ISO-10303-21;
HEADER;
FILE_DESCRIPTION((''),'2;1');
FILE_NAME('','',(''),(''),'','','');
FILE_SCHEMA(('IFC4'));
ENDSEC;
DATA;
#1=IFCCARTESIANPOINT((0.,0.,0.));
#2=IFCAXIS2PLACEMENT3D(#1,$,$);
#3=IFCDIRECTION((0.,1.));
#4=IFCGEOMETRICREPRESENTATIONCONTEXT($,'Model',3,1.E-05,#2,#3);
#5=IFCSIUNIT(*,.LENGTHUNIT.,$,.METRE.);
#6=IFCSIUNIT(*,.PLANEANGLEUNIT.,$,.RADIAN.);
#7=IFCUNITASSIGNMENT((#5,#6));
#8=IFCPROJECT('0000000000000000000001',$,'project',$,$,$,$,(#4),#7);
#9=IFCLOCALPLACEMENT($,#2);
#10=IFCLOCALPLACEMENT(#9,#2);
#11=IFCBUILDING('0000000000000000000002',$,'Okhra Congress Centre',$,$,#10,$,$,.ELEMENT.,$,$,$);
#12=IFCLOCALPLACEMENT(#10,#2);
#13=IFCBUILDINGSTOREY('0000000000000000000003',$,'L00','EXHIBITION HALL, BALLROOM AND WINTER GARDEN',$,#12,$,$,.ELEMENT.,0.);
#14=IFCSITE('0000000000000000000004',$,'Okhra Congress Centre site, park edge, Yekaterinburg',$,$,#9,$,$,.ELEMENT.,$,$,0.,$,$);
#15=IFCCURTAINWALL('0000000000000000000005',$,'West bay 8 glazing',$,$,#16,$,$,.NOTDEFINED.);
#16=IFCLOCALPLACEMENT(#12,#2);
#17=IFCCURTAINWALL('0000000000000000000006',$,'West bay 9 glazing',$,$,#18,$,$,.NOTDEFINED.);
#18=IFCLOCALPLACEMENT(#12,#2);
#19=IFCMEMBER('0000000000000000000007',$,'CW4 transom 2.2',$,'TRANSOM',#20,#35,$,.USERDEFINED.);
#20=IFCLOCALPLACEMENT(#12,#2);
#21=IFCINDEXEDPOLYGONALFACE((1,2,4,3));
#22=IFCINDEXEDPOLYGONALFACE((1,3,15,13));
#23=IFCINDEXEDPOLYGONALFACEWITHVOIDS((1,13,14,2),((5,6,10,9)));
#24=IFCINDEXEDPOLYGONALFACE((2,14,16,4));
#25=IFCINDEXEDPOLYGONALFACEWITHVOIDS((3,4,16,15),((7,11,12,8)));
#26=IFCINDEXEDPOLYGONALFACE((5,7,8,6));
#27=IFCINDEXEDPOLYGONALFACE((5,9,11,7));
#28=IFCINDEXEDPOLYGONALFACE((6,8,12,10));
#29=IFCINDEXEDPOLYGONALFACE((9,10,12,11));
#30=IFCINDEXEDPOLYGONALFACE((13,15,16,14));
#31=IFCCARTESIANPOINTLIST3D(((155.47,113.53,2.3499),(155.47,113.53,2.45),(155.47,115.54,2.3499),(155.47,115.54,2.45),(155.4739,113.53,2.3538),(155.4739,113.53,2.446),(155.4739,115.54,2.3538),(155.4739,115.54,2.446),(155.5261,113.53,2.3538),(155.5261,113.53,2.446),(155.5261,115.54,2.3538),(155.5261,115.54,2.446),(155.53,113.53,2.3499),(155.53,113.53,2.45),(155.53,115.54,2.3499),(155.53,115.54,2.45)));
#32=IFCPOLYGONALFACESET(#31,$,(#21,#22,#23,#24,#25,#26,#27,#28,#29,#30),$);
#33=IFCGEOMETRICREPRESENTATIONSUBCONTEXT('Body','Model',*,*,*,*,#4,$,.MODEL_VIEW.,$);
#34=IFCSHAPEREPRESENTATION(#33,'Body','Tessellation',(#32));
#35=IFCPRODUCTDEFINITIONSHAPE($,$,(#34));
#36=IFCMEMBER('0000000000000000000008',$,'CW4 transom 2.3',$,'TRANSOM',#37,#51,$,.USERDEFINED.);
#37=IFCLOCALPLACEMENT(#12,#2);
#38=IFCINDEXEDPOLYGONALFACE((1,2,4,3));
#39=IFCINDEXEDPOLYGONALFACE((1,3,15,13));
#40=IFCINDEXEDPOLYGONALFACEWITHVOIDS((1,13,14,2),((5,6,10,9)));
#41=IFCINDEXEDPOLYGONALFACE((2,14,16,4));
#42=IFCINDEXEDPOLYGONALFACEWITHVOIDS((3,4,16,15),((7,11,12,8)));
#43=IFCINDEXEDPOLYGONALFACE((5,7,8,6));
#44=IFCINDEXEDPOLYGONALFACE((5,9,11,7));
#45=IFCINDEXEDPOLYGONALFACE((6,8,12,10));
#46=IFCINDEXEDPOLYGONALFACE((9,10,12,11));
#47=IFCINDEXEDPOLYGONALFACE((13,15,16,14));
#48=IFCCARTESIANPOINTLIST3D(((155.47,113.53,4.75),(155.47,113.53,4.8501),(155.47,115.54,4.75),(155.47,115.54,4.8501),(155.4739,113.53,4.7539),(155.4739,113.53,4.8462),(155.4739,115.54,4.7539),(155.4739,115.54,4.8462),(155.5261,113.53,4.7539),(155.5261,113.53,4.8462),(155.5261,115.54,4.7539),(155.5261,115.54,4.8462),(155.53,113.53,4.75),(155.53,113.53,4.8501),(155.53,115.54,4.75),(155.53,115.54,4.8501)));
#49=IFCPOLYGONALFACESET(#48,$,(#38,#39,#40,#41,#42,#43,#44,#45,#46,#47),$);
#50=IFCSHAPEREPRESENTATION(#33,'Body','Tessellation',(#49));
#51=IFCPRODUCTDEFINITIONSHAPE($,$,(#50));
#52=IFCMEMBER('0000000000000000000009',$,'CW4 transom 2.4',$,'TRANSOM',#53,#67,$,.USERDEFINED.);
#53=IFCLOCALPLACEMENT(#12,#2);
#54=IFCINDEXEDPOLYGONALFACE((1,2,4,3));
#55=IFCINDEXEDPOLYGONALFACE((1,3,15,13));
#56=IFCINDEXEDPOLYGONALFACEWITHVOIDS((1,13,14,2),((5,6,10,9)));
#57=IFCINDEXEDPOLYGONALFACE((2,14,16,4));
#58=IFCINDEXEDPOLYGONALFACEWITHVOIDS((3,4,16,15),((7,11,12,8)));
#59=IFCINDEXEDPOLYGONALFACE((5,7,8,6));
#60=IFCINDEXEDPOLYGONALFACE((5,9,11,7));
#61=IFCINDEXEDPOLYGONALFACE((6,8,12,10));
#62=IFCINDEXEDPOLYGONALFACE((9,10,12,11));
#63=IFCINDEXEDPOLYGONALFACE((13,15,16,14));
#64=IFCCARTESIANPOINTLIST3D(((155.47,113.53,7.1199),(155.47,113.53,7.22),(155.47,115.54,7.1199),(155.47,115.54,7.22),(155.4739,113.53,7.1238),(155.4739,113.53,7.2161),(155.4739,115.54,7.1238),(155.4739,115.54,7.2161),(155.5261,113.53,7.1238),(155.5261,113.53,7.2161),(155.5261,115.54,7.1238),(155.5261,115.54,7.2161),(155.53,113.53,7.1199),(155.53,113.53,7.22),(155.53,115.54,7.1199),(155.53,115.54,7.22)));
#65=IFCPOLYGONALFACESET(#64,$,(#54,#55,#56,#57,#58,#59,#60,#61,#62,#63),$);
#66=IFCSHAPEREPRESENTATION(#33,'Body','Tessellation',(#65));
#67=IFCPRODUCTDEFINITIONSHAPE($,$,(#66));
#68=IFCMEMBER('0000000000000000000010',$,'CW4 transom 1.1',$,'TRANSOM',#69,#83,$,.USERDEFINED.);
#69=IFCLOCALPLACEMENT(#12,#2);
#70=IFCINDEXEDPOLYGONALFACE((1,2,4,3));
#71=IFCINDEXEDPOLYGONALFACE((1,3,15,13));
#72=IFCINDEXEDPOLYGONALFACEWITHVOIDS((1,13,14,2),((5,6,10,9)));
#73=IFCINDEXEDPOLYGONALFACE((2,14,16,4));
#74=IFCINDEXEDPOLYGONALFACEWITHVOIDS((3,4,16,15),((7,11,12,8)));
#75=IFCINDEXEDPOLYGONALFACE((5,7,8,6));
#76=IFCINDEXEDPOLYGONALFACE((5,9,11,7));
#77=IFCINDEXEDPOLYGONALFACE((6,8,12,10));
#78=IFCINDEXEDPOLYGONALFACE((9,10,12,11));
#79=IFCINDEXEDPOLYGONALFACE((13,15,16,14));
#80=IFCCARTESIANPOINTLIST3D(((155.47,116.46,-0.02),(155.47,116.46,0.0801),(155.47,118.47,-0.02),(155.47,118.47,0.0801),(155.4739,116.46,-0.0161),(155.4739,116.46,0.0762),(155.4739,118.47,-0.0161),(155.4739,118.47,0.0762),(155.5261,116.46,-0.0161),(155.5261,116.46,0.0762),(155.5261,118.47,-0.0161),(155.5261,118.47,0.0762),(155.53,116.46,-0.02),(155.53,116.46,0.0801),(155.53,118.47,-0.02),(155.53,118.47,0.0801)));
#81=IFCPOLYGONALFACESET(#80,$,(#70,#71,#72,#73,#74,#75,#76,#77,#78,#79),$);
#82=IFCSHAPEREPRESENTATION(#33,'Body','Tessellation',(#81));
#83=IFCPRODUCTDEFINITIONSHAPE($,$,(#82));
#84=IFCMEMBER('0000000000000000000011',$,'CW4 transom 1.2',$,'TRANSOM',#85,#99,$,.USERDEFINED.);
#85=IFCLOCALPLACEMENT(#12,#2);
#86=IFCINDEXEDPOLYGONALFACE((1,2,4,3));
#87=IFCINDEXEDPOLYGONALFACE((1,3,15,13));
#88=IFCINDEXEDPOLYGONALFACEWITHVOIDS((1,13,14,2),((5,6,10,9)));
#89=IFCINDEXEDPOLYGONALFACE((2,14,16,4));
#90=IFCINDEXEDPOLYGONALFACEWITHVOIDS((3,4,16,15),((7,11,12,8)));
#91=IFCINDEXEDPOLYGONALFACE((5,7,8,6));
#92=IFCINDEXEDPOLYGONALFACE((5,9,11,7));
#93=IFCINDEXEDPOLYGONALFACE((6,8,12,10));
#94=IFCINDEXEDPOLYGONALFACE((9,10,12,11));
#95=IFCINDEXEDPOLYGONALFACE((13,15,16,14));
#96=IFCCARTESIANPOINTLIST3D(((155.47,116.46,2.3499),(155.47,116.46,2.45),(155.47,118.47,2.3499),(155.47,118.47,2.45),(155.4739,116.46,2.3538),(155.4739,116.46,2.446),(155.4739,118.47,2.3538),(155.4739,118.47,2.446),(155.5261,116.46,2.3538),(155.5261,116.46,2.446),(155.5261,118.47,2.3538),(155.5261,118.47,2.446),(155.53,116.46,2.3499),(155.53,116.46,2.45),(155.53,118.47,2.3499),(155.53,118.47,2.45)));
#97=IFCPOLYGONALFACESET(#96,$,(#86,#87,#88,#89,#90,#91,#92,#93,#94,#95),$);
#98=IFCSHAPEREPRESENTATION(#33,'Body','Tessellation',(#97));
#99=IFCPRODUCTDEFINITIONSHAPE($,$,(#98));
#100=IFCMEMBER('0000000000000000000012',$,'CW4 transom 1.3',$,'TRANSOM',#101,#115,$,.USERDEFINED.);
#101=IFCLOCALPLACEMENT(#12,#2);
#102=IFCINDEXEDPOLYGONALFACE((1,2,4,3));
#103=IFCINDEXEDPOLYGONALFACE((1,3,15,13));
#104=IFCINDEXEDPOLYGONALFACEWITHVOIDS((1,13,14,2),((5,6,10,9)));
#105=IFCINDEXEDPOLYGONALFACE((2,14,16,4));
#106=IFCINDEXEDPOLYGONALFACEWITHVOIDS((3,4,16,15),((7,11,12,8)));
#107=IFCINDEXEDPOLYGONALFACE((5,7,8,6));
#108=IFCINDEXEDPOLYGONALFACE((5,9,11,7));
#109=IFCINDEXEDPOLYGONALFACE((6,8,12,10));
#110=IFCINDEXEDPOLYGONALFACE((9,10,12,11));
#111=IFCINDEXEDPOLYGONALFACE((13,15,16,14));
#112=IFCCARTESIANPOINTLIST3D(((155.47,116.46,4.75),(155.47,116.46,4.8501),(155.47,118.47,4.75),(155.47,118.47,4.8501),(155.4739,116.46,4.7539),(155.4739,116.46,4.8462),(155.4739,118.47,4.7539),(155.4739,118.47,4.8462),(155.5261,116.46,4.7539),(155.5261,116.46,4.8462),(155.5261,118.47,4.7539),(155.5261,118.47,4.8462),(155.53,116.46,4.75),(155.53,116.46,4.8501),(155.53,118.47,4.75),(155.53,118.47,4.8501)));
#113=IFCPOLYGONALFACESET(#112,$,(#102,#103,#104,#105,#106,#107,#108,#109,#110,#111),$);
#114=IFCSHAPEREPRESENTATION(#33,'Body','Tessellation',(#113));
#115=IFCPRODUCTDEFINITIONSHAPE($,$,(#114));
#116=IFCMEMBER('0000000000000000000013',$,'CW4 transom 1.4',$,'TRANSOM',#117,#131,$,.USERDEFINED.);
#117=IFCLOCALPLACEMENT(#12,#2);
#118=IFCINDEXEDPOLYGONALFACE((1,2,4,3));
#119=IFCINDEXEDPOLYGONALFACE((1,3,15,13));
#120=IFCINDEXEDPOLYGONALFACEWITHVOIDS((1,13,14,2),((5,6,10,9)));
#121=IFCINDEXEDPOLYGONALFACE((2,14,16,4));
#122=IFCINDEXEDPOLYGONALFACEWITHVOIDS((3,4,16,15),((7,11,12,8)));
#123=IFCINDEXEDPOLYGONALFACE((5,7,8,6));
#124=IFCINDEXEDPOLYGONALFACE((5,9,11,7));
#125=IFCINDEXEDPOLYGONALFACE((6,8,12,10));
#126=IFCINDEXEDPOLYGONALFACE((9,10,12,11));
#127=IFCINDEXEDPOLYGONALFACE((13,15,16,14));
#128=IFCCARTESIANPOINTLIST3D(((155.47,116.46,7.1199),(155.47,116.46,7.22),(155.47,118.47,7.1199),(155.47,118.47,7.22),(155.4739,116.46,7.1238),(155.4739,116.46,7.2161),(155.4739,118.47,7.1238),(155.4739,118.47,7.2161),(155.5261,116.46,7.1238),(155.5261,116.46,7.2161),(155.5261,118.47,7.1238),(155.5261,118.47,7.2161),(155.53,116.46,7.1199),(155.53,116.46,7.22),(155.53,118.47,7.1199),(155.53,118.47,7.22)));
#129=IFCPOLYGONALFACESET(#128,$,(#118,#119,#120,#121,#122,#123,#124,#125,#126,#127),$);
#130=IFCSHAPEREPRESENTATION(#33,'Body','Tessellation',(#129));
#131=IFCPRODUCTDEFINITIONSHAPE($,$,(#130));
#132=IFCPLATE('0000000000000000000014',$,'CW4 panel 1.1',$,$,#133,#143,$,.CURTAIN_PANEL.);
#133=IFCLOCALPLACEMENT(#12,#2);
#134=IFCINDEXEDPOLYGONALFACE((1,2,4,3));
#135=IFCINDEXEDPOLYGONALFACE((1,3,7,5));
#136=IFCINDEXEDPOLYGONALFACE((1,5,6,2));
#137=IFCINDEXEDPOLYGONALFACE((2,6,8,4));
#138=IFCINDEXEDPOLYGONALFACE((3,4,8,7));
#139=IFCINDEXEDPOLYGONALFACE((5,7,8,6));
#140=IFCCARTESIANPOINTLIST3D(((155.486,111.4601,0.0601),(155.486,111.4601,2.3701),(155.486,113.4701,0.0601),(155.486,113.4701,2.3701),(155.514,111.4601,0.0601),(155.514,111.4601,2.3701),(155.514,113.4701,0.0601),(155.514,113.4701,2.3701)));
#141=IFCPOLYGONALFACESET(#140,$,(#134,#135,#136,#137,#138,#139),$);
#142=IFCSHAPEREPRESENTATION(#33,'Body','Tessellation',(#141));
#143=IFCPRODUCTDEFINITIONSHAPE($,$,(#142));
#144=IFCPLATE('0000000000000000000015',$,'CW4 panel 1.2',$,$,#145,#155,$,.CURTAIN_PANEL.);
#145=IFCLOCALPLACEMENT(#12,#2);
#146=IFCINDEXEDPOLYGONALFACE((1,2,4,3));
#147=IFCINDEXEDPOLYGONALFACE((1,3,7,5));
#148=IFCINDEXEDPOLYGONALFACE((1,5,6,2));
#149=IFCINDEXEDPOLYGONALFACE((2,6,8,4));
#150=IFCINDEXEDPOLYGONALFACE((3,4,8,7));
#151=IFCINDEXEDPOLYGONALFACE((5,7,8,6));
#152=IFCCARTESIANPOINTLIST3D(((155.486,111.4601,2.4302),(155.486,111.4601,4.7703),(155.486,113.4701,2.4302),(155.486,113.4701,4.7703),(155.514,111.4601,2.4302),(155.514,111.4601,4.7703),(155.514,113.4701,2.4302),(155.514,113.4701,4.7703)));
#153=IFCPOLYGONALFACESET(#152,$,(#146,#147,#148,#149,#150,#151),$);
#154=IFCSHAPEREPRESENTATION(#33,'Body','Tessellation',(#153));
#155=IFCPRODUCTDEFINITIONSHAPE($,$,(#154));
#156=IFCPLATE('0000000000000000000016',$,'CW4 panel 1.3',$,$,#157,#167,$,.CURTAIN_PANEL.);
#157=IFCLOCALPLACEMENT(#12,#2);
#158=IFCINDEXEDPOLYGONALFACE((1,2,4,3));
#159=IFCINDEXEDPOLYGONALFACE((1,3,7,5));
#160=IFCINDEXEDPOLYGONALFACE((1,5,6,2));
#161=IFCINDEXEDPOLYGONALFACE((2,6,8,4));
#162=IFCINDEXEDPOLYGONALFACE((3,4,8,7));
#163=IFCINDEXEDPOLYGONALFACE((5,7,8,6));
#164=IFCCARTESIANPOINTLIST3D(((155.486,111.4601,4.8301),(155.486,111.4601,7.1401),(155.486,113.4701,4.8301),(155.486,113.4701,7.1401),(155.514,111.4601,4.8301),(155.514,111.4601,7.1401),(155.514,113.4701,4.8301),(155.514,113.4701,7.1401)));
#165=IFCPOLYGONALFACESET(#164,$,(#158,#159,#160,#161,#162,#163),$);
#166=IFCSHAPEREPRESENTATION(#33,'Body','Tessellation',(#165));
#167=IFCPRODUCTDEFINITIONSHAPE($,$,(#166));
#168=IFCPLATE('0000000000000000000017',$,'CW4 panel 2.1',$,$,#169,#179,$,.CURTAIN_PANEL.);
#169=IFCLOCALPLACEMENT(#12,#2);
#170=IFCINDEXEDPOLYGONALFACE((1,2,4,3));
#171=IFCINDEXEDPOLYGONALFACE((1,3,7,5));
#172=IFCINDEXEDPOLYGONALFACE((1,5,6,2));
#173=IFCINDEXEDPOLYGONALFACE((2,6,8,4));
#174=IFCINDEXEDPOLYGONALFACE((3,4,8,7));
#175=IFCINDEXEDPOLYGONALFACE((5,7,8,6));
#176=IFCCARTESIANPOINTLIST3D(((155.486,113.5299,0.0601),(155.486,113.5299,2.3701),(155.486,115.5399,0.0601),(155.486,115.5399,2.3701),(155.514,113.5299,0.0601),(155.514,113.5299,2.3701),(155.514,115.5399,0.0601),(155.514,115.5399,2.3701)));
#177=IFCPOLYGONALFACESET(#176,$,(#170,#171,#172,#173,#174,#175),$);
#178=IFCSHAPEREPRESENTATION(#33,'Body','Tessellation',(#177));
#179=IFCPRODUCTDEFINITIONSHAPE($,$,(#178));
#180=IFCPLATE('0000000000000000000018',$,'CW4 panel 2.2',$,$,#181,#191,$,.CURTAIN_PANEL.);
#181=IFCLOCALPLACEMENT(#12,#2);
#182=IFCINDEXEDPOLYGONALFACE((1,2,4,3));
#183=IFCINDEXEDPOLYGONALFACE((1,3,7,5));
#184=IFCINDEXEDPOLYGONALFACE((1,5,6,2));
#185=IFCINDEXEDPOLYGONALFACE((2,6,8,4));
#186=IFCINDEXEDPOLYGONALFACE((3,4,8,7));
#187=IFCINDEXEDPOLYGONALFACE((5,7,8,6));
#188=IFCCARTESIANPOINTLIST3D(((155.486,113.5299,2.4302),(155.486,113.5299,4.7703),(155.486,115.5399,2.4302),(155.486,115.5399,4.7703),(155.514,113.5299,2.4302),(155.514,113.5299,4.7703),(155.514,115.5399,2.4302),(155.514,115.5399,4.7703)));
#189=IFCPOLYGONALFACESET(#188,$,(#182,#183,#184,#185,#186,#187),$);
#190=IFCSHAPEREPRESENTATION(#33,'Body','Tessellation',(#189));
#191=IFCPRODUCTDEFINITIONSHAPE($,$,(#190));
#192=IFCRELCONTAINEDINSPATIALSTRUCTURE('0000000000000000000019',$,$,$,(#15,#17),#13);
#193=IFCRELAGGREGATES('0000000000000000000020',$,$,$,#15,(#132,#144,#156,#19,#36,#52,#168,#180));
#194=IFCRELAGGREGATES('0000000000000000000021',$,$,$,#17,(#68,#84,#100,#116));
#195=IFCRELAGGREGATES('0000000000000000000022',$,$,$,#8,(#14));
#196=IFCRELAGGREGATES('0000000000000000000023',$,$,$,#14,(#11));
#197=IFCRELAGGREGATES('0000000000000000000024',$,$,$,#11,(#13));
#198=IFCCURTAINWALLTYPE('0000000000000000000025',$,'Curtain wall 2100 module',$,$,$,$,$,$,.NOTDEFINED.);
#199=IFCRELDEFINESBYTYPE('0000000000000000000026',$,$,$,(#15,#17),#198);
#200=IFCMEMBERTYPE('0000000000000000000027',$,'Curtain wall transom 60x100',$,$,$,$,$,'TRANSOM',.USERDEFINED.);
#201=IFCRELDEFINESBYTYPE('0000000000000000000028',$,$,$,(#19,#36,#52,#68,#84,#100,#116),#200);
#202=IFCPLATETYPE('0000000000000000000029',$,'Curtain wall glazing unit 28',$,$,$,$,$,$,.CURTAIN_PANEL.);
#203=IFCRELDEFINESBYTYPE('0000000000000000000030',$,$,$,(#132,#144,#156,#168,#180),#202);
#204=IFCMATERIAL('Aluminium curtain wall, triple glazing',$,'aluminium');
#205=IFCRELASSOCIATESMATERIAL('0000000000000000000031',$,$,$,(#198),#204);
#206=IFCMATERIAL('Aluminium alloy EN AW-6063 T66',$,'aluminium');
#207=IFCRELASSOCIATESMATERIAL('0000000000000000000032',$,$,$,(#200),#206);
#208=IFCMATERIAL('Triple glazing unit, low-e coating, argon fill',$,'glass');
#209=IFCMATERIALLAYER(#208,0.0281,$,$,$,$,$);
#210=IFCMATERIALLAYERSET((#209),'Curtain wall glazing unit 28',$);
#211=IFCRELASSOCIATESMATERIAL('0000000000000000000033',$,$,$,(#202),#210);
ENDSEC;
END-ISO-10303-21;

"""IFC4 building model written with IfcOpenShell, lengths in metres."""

from ifc_helpers import new_model, si_unit, direction, frame, origin, origin_2d, place, context, subcontext, project, spatial, rectangle, hollow_rectangle, extrude, material, layer, layer_set, material_profile, profile_set, type_object, element, aggregate, save


model = new_model("IFC4")

# Units and contexts
model_context = context("Model", 3, precision=1e-05, world=origin(), true_north=direction((0.0, 1.0)))
body_context = subcontext(model_context, "Body", "Model", "MODEL_VIEW")
ifc_project = project(units=[si_unit("LENGTHUNIT", "METRE"), si_unit("PLANEANGLEUNIT", "RADIAN")], contexts=[model_context])

# Site, building, storey
site_placement = place(None, origin())
site = spatial("IfcSite", under=ifc_project, at=site_placement, Name="Okhra Congress Centre site, park edge, Yekaterinburg", CompositionType="ELEMENT", RefElevation=0.0)
building_placement = place(site_placement, origin())
building = spatial("IfcBuilding", under=site, at=building_placement, Name="Okhra Congress Centre", CompositionType="ELEMENT")
storey_placement = place(building_placement, origin())
storey = spatial("IfcBuildingStorey", under=building, at=storey_placement, Name="L00", Description="EXHIBITION HALL, BALLROOM AND WINTER GARDEN", CompositionType="ELEMENT", Elevation=0.0)

# Curtain wall
ifc_material_1 = material(Name="Aluminium curtain wall, triple glazing", Category="aluminium")
curtain_wall_type = type_object("IfcCurtainWallType", Name="Curtain wall 2100 module", PredefinedType="NOTDEFINED", material=ifc_material_1)
curtain_wall_1_placement = place(storey_placement, origin())
curtain_wall_1 = element("IfcCurtainWall", 1, at=curtain_wall_1_placement, inside=storey, type_object=curtain_wall_type, Name="West bay 8 glazing", PredefinedType="NOTDEFINED")
ifc_material_2 = material(Name="Aluminium alloy EN AW-6063 T66", Category="aluminium")

# Curtain wall
curtain_wall_2_placement = place(storey_placement, origin())
curtain_wall_2 = element("IfcCurtainWall", 2, at=curtain_wall_2_placement, inside=storey, type_object=curtain_wall_type, Name="West bay 9 glazing", PredefinedType="NOTDEFINED")

# Members
ifc_material_profile_1 = material_profile(ifc_material_2, hollow_rectangle(XDim=0.0601, YDim=0.1001, WallThickness=0.0039, at=origin_2d()), Name="RHS 60x100x4")
ifc_profile_set_1 = profile_set([ifc_material_profile_1], Name="Aluminium alloy EN AW-6063 T66")
member_type_1 = type_object("IfcMemberType", Name="Curtain wall transom 60x100", ElementType="TRANSOM", PredefinedType="USERDEFINED", material=ifc_profile_set_1)
member_1_placement = place(storey_placement, frame((155.5, 113.53, 2.3999), z_axis=(0.0, 1.0, 0.0), x_axis=(-1.0, 0.0, 0.0)))
member_1 = element("IfcMember", 3, at=member_1_placement, type_object=member_type_1, Name="CW4 transom 2.2", ObjectType="TRANSOM", PredefinedType="USERDEFINED", context=body_context, shape_type="SweptSolid", body=[
    extrude(hollow_rectangle(XDim=0.0601, YDim=0.1001, WallThickness=0.0039, at=origin_2d()), origin(), (0.0, 0.0, 1.0), 2.01),
])
member_2_placement = place(storey_placement, frame((155.5, 113.53, 4.8), z_axis=(0.0, 1.0, 0.0), x_axis=(-1.0, 0.0, 0.0)))
member_2 = element("IfcMember", 4, at=member_2_placement, type_object=member_type_1, Name="CW4 transom 2.3", ObjectType="TRANSOM", PredefinedType="USERDEFINED", context=body_context, shape_type="SweptSolid", body=[
    extrude(hollow_rectangle(XDim=0.0601, YDim=0.1001, WallThickness=0.0039, at=origin_2d()), origin(), (0.0, 0.0, 1.0), 2.01),
])
member_3_placement = place(storey_placement, frame((155.5, 113.53, 7.1699), z_axis=(0.0, 1.0, 0.0), x_axis=(-1.0, 0.0, 0.0)))
member_3 = element("IfcMember", 5, at=member_3_placement, type_object=member_type_1, Name="CW4 transom 2.4", ObjectType="TRANSOM", PredefinedType="USERDEFINED", context=body_context, shape_type="SweptSolid", body=[
    extrude(hollow_rectangle(XDim=0.0601, YDim=0.1001, WallThickness=0.0039, at=origin_2d()), origin(), (0.0, 0.0, 1.0), 2.01),
])
member_4_placement = place(storey_placement, frame((155.5, 116.46, 0.03), z_axis=(0.0, 1.0, 0.0), x_axis=(-1.0, 0.0, 0.0)))
member_4 = element("IfcMember", 6, at=member_4_placement, type_object=member_type_1, Name="CW4 transom 1.1", ObjectType="TRANSOM", PredefinedType="USERDEFINED", context=body_context, shape_type="SweptSolid", body=[
    extrude(hollow_rectangle(XDim=0.0601, YDim=0.1001, WallThickness=0.0039, at=origin_2d()), origin(), (0.0, 0.0, 1.0), 2.01),
])
member_5_placement = place(storey_placement, frame((155.5, 116.46, 2.3999), z_axis=(0.0, 1.0, 0.0), x_axis=(-1.0, 0.0, 0.0)))
member_5 = element("IfcMember", 7, at=member_5_placement, type_object=member_type_1, Name="CW4 transom 1.2", ObjectType="TRANSOM", PredefinedType="USERDEFINED", context=body_context, shape_type="SweptSolid", body=[
    extrude(hollow_rectangle(XDim=0.0601, YDim=0.1001, WallThickness=0.0039, at=origin_2d()), origin(), (0.0, 0.0, 1.0), 2.01),
])
member_6_placement = place(storey_placement, frame((155.5, 116.46, 4.8), z_axis=(0.0, 1.0, 0.0), x_axis=(-1.0, 0.0, 0.0)))
member_6 = element("IfcMember", 8, at=member_6_placement, type_object=member_type_1, Name="CW4 transom 1.3", ObjectType="TRANSOM", PredefinedType="USERDEFINED", context=body_context, shape_type="SweptSolid", body=[
    extrude(hollow_rectangle(XDim=0.0601, YDim=0.1001, WallThickness=0.0039, at=origin_2d()), origin(), (0.0, 0.0, 1.0), 2.01),
])
member_7_placement = place(storey_placement, frame((155.5, 116.46, 7.1699), z_axis=(0.0, 1.0, 0.0), x_axis=(-1.0, 0.0, 0.0)))
member_7 = element("IfcMember", 9, at=member_7_placement, type_object=member_type_1, Name="CW4 transom 1.4", ObjectType="TRANSOM", PredefinedType="USERDEFINED", context=body_context, shape_type="SweptSolid", body=[
    extrude(hollow_rectangle(XDim=0.0601, YDim=0.1001, WallThickness=0.0039, at=origin_2d()), origin(), (0.0, 0.0, 1.0), 2.01),
])

# Plates
ifc_material_3 = material(Name="Triple glazing unit, low-e coating, argon fill", Category="glass")
ifc_layer = layer(ifc_material_3, 0.0281)
ifc_layer_set = layer_set([ifc_layer], Name="Curtain wall glazing unit 28")
plate_type = type_object("IfcPlateType", Name="Curtain wall glazing unit 28", PredefinedType="CURTAIN_PANEL", material=ifc_layer_set)
plate_1_placement = place(storey_placement, frame((155.5, 112.4651, 0.0601), z_axis=(0.0, 0.0, 1.0), x_axis=(0.0, 1.0, 0.0)))
plate_1 = element("IfcPlate", 10, at=plate_1_placement, type_object=plate_type, Name="CW4 panel 1.1", PredefinedType="CURTAIN_PANEL", context=body_context, shape_type="SweptSolid", body=[
    extrude(rectangle(XDim=2.01, YDim=0.0281, at=origin_2d()), origin(), (0.0, 0.0, 1.0), 2.3101),
])
plate_2_placement = place(storey_placement, frame((155.5, 112.4651, 2.4302), z_axis=(0.0, 0.0, 1.0), x_axis=(0.0, 1.0, 0.0)))
plate_2 = element("IfcPlate", 11, at=plate_2_placement, type_object=plate_type, Name="CW4 panel 1.2", PredefinedType="CURTAIN_PANEL", context=body_context, shape_type="SweptSolid", body=[
    extrude(rectangle(XDim=2.01, YDim=0.0281, at=origin_2d()), origin(), (0.0, 0.0, 1.0), 2.3401),
])
plate_3_placement = place(storey_placement, frame((155.5, 112.4651, 4.8301), z_axis=(0.0, 0.0, 1.0), x_axis=(0.0, 1.0, 0.0)))
plate_3 = element("IfcPlate", 12, at=plate_3_placement, type_object=plate_type, Name="CW4 panel 1.3", PredefinedType="CURTAIN_PANEL", context=body_context, shape_type="SweptSolid", body=[
    extrude(rectangle(XDim=2.01, YDim=0.0281, at=origin_2d()), origin(), (0.0, 0.0, 1.0), 2.3101),
])
plate_4_placement = place(storey_placement, frame((155.5, 114.5349, 0.0601), z_axis=(0.0, 0.0, 1.0), x_axis=(0.0, 1.0, 0.0)))
plate_4 = element("IfcPlate", 13, at=plate_4_placement, type_object=plate_type, Name="CW4 panel 2.1", PredefinedType="CURTAIN_PANEL", context=body_context, shape_type="SweptSolid", body=[
    extrude(rectangle(XDim=2.01, YDim=0.0281, at=origin_2d()), origin(), (0.0, 0.0, 1.0), 2.3101),
])
plate_5_placement = place(storey_placement, frame((155.5, 114.5349, 2.4302), z_axis=(0.0, 0.0, 1.0), x_axis=(0.0, 1.0, 0.0)))
plate_5 = element("IfcPlate", 14, at=plate_5_placement, type_object=plate_type, Name="CW4 panel 2.2", PredefinedType="CURTAIN_PANEL", context=body_context, shape_type="SweptSolid", body=[
    extrude(rectangle(XDim=2.01, YDim=0.0281, at=origin_2d()), origin(), (0.0, 0.0, 1.0), 2.3401),
])
aggregate(curtain_wall_1, [plate_1, plate_2, plate_3, member_1, member_2, member_3, plate_4, plate_5])
aggregate(curtain_wall_2, [member_4, member_5, member_6, member_7])

save(model, "model.ifc")
